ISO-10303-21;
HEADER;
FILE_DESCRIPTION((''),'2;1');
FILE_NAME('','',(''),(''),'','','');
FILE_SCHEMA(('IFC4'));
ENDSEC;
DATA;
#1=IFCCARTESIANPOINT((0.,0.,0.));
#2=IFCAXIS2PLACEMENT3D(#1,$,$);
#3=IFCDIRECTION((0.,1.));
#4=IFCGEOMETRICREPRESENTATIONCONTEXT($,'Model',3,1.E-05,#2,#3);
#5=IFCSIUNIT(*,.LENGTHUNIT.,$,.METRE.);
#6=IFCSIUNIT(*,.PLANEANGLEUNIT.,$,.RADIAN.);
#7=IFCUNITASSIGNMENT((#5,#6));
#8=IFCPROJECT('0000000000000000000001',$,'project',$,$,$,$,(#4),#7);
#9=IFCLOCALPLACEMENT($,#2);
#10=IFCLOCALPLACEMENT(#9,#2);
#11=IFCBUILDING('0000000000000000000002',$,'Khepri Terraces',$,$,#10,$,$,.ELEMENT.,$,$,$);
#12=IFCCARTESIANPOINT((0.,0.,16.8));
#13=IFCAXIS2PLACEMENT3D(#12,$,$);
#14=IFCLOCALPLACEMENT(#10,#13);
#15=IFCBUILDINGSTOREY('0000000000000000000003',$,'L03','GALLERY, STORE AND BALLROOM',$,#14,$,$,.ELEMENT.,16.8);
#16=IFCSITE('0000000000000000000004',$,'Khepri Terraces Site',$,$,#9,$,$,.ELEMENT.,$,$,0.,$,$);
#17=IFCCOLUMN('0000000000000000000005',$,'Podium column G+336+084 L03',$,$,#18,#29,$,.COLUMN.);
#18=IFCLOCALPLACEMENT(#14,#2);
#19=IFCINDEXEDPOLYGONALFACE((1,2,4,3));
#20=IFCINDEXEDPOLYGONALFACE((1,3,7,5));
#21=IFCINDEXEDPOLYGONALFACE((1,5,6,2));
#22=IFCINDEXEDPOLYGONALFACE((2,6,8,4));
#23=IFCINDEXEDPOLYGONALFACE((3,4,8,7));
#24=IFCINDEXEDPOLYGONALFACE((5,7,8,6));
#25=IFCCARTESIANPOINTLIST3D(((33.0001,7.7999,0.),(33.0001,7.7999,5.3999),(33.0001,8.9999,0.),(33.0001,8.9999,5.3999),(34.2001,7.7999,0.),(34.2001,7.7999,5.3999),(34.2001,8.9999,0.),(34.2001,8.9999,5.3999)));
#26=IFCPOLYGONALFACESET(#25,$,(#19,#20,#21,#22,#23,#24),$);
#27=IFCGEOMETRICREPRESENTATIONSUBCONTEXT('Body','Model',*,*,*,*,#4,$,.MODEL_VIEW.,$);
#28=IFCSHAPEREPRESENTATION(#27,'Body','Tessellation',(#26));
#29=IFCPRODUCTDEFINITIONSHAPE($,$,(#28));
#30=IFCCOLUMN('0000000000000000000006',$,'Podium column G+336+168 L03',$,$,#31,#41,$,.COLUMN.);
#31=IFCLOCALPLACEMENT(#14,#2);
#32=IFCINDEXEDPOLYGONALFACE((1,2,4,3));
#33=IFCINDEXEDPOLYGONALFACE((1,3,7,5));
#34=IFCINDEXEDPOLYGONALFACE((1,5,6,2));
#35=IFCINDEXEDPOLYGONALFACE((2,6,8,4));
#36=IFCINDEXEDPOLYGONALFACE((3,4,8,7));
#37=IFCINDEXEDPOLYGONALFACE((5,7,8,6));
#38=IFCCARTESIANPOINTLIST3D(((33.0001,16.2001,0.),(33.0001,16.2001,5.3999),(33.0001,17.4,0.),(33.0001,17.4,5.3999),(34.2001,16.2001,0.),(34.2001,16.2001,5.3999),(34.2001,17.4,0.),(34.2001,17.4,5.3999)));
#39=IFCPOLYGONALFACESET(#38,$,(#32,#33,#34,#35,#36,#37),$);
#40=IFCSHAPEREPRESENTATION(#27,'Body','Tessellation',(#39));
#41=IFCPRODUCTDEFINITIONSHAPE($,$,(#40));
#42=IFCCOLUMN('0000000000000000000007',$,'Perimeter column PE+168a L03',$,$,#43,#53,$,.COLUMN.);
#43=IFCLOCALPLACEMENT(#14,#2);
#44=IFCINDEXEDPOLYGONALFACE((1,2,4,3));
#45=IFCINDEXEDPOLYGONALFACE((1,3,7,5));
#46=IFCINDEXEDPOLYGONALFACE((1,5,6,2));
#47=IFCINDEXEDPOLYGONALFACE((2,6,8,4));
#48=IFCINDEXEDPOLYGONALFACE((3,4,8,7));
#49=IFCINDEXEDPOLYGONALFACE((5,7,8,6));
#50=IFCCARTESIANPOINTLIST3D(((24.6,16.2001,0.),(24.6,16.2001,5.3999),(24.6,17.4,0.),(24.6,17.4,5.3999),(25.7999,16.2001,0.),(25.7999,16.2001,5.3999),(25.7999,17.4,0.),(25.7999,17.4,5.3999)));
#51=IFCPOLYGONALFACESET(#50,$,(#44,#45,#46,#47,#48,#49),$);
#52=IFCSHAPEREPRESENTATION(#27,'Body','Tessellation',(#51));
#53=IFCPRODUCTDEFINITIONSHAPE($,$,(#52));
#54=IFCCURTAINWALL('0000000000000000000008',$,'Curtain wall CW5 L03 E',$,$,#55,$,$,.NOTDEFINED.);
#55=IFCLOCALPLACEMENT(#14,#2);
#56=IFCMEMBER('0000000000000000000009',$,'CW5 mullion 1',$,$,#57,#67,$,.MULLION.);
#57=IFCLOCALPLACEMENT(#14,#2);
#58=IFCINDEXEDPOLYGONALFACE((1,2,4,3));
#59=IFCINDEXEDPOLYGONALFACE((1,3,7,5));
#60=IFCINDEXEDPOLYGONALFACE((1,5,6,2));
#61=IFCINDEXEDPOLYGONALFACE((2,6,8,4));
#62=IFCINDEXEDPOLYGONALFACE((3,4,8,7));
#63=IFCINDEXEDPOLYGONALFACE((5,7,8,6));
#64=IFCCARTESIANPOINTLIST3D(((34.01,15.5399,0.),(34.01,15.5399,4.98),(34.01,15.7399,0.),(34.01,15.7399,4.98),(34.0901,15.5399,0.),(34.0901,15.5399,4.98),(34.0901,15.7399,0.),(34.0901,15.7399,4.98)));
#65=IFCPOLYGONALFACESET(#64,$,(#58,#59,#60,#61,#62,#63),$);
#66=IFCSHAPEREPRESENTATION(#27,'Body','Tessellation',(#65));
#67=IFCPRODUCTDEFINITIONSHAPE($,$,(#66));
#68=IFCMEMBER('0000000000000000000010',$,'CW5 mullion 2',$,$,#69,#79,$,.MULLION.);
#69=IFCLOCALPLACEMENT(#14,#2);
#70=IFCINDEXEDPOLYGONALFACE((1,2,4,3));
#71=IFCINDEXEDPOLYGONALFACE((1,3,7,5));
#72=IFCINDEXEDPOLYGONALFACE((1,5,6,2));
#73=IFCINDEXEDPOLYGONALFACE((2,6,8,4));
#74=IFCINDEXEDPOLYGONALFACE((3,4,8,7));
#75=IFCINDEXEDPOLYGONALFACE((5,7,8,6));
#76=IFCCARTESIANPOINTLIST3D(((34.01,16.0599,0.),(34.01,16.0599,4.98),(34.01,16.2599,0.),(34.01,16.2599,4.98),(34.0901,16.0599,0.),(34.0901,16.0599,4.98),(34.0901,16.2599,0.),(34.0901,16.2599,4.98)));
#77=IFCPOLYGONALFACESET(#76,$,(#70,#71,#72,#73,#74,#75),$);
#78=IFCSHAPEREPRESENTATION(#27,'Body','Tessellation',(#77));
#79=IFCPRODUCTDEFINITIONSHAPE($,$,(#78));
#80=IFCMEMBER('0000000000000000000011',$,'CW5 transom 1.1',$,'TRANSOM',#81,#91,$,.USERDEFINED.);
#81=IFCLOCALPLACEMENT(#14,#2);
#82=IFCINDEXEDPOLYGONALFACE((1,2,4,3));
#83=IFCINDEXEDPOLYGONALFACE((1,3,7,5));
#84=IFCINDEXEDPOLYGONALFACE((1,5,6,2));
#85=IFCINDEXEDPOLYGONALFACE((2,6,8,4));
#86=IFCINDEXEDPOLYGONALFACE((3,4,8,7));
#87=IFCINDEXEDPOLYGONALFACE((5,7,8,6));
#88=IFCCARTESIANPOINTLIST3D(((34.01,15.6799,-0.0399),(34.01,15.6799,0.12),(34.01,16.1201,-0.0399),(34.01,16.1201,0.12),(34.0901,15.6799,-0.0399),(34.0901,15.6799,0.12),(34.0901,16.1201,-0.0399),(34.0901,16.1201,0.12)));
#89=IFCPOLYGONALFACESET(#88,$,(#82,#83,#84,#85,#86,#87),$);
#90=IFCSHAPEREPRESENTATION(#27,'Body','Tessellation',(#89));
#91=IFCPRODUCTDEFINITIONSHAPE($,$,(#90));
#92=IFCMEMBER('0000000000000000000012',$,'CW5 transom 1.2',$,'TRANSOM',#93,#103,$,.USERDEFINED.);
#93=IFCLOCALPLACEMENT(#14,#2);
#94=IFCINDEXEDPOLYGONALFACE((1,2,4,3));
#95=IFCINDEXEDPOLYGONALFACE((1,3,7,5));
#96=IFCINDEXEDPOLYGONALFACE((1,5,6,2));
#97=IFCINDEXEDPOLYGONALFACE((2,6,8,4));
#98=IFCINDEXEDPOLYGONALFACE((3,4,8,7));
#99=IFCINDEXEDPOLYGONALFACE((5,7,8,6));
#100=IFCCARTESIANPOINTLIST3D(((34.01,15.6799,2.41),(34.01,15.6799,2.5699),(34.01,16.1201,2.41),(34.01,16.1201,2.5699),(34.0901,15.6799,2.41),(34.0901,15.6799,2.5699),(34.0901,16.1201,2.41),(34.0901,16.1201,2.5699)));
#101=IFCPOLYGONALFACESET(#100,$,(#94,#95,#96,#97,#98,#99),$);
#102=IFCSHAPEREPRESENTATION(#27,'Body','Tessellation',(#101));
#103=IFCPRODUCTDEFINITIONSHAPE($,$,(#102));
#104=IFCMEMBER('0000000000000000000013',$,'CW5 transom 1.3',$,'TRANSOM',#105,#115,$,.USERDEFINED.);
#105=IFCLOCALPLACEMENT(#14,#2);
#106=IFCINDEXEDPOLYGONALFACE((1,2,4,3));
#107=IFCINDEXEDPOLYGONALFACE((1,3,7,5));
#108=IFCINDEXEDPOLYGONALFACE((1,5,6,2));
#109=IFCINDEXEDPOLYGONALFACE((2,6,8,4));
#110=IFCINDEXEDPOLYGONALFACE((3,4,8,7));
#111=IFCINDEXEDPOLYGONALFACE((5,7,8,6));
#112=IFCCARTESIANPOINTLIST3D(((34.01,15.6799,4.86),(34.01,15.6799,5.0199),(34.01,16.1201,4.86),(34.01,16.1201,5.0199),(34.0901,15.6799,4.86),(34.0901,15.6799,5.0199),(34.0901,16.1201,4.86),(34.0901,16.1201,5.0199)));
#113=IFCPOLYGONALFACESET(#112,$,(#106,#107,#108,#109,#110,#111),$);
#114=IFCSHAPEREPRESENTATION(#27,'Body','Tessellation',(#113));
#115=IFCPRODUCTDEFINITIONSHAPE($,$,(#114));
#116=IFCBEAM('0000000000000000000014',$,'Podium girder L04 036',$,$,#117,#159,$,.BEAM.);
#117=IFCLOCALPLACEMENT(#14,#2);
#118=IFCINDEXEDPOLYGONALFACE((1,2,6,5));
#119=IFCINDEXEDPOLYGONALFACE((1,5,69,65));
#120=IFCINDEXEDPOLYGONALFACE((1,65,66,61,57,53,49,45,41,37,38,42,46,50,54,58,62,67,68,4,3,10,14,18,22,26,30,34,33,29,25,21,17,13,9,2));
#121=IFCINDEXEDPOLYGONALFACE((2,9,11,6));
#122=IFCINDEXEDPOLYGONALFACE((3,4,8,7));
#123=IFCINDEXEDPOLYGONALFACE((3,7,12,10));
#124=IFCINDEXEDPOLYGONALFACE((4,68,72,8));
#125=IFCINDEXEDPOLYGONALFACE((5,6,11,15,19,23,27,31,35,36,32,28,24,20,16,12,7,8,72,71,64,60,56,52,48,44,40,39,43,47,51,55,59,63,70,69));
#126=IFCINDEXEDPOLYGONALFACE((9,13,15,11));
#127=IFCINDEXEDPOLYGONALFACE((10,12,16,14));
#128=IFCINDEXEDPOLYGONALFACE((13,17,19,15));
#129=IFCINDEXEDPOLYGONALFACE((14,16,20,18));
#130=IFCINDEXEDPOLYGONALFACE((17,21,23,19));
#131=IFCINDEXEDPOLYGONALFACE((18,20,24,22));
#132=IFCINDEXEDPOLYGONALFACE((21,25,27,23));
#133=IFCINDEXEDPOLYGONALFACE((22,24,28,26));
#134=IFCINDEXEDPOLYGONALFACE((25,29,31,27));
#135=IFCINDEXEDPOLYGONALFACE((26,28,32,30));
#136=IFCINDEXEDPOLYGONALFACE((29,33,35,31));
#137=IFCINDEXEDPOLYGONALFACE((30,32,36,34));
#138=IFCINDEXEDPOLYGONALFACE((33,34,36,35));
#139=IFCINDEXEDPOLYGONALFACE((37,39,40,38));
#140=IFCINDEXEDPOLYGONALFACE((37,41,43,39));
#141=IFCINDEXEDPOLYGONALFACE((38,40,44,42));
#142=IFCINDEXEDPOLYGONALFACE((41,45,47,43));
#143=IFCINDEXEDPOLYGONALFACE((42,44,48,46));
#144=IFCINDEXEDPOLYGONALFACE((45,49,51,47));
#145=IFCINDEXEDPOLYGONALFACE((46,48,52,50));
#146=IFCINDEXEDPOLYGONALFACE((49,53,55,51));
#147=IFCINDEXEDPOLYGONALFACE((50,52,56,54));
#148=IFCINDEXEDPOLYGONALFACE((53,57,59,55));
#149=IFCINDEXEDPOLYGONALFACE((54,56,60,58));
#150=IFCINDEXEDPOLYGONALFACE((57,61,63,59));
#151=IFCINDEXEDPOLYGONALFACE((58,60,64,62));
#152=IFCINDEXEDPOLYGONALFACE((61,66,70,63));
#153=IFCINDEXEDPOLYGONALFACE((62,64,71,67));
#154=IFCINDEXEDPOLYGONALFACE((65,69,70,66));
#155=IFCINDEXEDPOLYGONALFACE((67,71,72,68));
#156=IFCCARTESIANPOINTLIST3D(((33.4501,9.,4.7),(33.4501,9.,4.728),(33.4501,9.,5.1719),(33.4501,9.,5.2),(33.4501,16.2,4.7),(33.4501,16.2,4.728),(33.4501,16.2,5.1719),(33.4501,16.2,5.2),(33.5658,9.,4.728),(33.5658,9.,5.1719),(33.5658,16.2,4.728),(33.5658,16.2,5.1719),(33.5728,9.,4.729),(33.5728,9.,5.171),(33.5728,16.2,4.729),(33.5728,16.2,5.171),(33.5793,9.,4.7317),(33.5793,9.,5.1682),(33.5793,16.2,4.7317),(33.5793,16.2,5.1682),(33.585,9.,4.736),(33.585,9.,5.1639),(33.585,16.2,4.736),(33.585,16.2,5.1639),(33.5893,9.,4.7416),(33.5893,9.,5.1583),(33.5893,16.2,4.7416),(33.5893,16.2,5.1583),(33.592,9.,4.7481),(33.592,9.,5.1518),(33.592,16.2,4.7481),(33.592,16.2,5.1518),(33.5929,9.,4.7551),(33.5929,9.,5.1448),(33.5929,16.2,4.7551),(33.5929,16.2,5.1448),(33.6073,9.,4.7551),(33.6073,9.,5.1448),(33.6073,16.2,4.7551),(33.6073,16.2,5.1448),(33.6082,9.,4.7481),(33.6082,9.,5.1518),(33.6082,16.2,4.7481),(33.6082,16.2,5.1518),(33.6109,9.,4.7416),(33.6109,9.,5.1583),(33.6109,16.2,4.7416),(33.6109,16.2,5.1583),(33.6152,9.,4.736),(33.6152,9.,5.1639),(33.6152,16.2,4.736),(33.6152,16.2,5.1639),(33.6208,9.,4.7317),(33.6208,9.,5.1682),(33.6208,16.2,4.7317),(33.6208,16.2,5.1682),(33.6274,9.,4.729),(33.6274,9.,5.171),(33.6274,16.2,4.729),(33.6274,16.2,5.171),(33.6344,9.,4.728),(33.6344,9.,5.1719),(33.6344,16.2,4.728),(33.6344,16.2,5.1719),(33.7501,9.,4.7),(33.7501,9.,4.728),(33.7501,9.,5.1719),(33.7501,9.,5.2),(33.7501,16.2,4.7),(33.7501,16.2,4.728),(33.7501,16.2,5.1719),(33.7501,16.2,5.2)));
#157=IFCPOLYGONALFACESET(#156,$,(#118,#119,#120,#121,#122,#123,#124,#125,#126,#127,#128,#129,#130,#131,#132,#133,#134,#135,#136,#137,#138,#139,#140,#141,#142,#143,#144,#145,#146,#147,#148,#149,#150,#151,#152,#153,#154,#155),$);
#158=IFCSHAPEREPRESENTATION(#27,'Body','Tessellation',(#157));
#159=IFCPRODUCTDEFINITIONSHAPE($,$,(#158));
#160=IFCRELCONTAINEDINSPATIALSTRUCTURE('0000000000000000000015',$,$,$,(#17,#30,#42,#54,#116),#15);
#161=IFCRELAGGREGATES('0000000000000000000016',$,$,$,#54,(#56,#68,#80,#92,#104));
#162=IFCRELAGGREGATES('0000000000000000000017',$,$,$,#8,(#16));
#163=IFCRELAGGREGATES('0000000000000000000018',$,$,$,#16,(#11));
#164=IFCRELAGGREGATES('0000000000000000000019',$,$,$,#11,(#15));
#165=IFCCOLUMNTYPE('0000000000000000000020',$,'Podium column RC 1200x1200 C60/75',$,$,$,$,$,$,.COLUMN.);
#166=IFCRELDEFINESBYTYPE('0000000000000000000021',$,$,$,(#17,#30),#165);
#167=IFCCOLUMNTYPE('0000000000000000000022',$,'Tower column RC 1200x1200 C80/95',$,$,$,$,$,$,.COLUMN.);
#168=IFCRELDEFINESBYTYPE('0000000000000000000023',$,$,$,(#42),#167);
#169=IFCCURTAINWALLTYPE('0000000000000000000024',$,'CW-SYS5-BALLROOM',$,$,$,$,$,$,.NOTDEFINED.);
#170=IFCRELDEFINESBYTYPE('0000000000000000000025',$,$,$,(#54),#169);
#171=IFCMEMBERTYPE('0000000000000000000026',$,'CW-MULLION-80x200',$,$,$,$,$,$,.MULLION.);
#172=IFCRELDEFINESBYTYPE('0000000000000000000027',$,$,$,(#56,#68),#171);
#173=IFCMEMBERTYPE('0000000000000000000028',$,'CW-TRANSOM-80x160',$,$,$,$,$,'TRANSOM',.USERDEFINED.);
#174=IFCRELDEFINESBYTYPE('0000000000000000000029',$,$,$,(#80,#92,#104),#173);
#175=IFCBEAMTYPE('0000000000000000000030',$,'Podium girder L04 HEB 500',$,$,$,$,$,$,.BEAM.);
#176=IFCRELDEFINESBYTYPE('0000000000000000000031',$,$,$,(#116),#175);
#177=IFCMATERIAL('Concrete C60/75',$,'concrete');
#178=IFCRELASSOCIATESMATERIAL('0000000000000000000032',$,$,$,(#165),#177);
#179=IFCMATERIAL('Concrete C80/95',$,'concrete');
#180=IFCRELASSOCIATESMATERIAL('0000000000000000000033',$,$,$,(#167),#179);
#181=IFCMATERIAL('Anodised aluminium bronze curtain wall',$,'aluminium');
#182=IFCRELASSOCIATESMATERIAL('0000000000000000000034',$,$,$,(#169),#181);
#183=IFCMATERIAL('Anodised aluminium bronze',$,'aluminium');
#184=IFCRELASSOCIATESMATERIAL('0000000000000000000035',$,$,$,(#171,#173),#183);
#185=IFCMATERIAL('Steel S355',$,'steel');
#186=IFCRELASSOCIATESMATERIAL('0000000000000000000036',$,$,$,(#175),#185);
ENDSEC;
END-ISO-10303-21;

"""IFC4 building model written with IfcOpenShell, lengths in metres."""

from ifc_helpers import new_model, si_unit, direction, frame, origin, origin_2d, place, context, subcontext, project, spatial, rectangle, i_section, extrude, material, material_profile, profile_set, type_object, element, aggregate, save


model = new_model("IFC4")

# Units and contexts
model_context = context("Model", 3, precision=1e-05, world=origin(), true_north=direction((0.0, 1.0)))
body_context = subcontext(model_context, "Body", "Model", "MODEL_VIEW")
ifc_project = project(units=[si_unit("LENGTHUNIT", "METRE"), si_unit("PLANEANGLEUNIT", "RADIAN")], contexts=[model_context])

# Site, building, storey
site_placement = place(None, origin())
site = spatial("IfcSite", under=ifc_project, at=site_placement, Name="Khepri Terraces Site", CompositionType="ELEMENT", RefElevation=0.0)
building_placement = place(site_placement, origin())
building = spatial("IfcBuilding", under=site, at=building_placement, Name="Khepri Terraces", CompositionType="ELEMENT")
storey_placement = place(building_placement, frame((0.0, 0.0, 16.8)))
storey = spatial("IfcBuildingStorey", under=building, at=storey_placement, Name="L03", Description="GALLERY, STORE AND BALLROOM", CompositionType="ELEMENT", Elevation=16.8)

# Columns
ifc_material_1 = material(Name="Concrete C60/75", Category="concrete")
ifc_material_profile_1 = material_profile(ifc_material_1, rectangle(XDim=1.2, YDim=1.2, at=origin_2d()), Name="Concrete C60/75", Category="concrete")
ifc_profile_set_1 = profile_set([ifc_material_profile_1], Name="Concrete C60/75")
column_type_1 = type_object("IfcColumnType", Name="Podium column RC 1200x1200 C60/75", PredefinedType="COLUMN", material=ifc_profile_set_1)
for number, where, z_axis, x_axis, name in (
    (1, (33.6001, 8.3999, 0.0), (0.0, 0.0, 1.0), (1.0, 0.0, 0.0), "Podium column G+336+084 L03"),
    (2, (33.6001, 16.8, 0.0), (0.0, 0.0, 1.0), (1.0, 0.0, 0.0), "Podium column G+336+168 L03"),
):
    element("IfcColumn", number, at=place(storey_placement, frame(where, z_axis=z_axis, x_axis=x_axis)), inside=storey, type_object=column_type_1, Name=name, PredefinedType="COLUMN", context=body_context, shape_type="SweptSolid", body=[
        extrude(rectangle(XDim=1.2, YDim=1.2, at=origin_2d()), origin(), (0.0, 0.0, 1.0), 5.3999),
    ])
ifc_material_2 = material(Name="Concrete C80/95", Category="concrete")
ifc_material_profile_2 = material_profile(ifc_material_2, rectangle(XDim=1.2, YDim=1.2, at=origin_2d()), Name="Concrete C80/95", Category="concrete")
ifc_profile_set_2 = profile_set([ifc_material_profile_2], Name="Concrete C80/95")
column_type_2 = type_object("IfcColumnType", Name="Tower column RC 1200x1200 C80/95", PredefinedType="COLUMN", material=ifc_profile_set_2)
column_placement = place(storey_placement, frame((25.2, 16.8, 0.0), z_axis=(0.0, 0.0, 1.0), x_axis=(1.0, 0.0, 0.0)))
element("IfcColumn", 3, at=column_placement, inside=storey, type_object=column_type_2, Name="Perimeter column PE+168a L03", PredefinedType="COLUMN", context=body_context, shape_type="SweptSolid", body=[
    extrude(rectangle(XDim=1.2, YDim=1.2, at=origin_2d()), origin(), (0.0, 0.0, 1.0), 5.3999),
])

# Curtain wall, members
ifc_material_3 = material(Name="Anodised aluminium bronze curtain wall", Category="aluminium")
curtain_wall_type = type_object("IfcCurtainWallType", Name="CW-SYS5-BALLROOM", PredefinedType="NOTDEFINED", material=ifc_material_3)
curtain_wall_placement = place(storey_placement, origin())
curtain_wall = element("IfcCurtainWall", 4, at=curtain_wall_placement, inside=storey, type_object=curtain_wall_type, Name="Curtain wall CW5 L03 E", PredefinedType="NOTDEFINED")
ifc_material_4 = material(Name="Anodised aluminium bronze", Category="aluminium")
ifc_material_profile_3 = material_profile(ifc_material_4, rectangle(XDim=0.0801, YDim=0.2, at=origin_2d()), Name="Anodised aluminium bronze", Category="aluminium")
ifc_profile_set_3 = profile_set([ifc_material_profile_3], Name="Anodised aluminium bronze")
member_type_1 = type_object("IfcMemberType", Name="CW-MULLION-80x200", PredefinedType="MULLION", material=ifc_profile_set_3)
member_1_placement = place(storey_placement, frame((34.05, 15.6399, 0.0), z_axis=(0.0, 0.0, 1.0), x_axis=(-1.0, 0.0, 0.0)))
member_1 = element("IfcMember", 5, at=member_1_placement, type_object=member_type_1, Name="CW5 mullion 1", PredefinedType="MULLION", context=body_context, shape_type="SweptSolid", body=[
    extrude(rectangle(XDim=0.0801, YDim=0.2, at=origin_2d()), origin(), (0.0, 0.0, 1.0), 4.98),
])
member_2_placement = place(storey_placement, frame((34.05, 16.1599, 0.0), z_axis=(0.0, 0.0, 1.0), x_axis=(-1.0, 0.0, 0.0)))
member_2 = element("IfcMember", 6, at=member_2_placement, type_object=member_type_1, Name="CW5 mullion 2", PredefinedType="MULLION", context=body_context, shape_type="SweptSolid", body=[
    extrude(rectangle(XDim=0.0801, YDim=0.2, at=origin_2d()), origin(), (0.0, 0.0, 1.0), 4.98),
])
ifc_material_profile_4 = material_profile(ifc_material_4, rectangle(XDim=0.0801, YDim=0.1599, at=origin_2d()), Name="Anodised aluminium bronze", Category="aluminium")
ifc_profile_set_4 = profile_set([ifc_material_profile_4], Name="Anodised aluminium bronze")
member_type_2 = type_object("IfcMemberType", Name="CW-TRANSOM-80x160", ElementType="TRANSOM", PredefinedType="USERDEFINED", material=ifc_profile_set_4)
member_3_placement = place(storey_placement, frame((34.05, 15.6799, 0.04), z_axis=(0.0, 1.0, 0.0), x_axis=(-1.0, 0.0, 0.0)))
member_3 = element("IfcMember", 7, at=member_3_placement, type_object=member_type_2, Name="CW5 transom 1.1", ObjectType="TRANSOM", PredefinedType="USERDEFINED", context=body_context, shape_type="SweptSolid", body=[
    extrude(rectangle(XDim=0.0801, YDim=0.1599, at=origin_2d()), origin(), (0.0, 0.0, 1.0), 0.4402),
])
member_4_placement = place(storey_placement, frame((34.05, 15.6799, 2.49), z_axis=(0.0, 1.0, 0.0), x_axis=(-1.0, 0.0, 0.0)))
member_4 = element("IfcMember", 8, at=member_4_placement, type_object=member_type_2, Name="CW5 transom 1.2", ObjectType="TRANSOM", PredefinedType="USERDEFINED", context=body_context, shape_type="SweptSolid", body=[
    extrude(rectangle(XDim=0.0801, YDim=0.1599, at=origin_2d()), origin(), (0.0, 0.0, 1.0), 0.4402),
])
member_5_placement = place(storey_placement, frame((34.05, 15.6799, 4.9399), z_axis=(0.0, 1.0, 0.0), x_axis=(-1.0, 0.0, 0.0)))
member_5 = element("IfcMember", 9, at=member_5_placement, type_object=member_type_2, Name="CW5 transom 1.3", ObjectType="TRANSOM", PredefinedType="USERDEFINED", context=body_context, shape_type="SweptSolid", body=[
    extrude(rectangle(XDim=0.0801, YDim=0.1599, at=origin_2d()), origin(), (0.0, 0.0, 1.0), 0.4402),
])

# Beam
ifc_material_5 = material(Name="Steel S355", Category="steel")
ifc_material_profile_5 = material_profile(ifc_material_5, i_section(OverallWidth=0.3, OverallDepth=0.5, WebThickness=0.0144, FlangeThickness=0.0281, FilletRadius=0.0271, at=origin_2d()), Name="Steel S355", Category="steel")
ifc_profile_set_5 = profile_set([ifc_material_profile_5], Name="Steel S355")
beam_type_1 = type_object("IfcBeamType", Name="Podium girder L04 HEB 500", PredefinedType="BEAM", material=ifc_profile_set_5)
beam_1_placement = place(storey_placement, frame((33.6001, 9.0, 4.95), z_axis=(0.0, 1.0, 0.0), x_axis=(-1.0, 0.0, 0.0)))
element("IfcBeam", 10, at=beam_1_placement, inside=storey, type_object=beam_type_1, Name="Podium girder L04 036", PredefinedType="BEAM", context=body_context, shape_type="SweptSolid", body=[
    extrude(i_section(OverallWidth=0.3, OverallDepth=0.5, WebThickness=0.0144, FlangeThickness=0.0281, FilletRadius=0.0271, at=origin_2d()), origin(), (0.0, 0.0, 1.0), 7.2),
])

aggregate(curtain_wall, [member_1, member_2, member_3, member_4, member_5])

save(model, "model.ifc")
